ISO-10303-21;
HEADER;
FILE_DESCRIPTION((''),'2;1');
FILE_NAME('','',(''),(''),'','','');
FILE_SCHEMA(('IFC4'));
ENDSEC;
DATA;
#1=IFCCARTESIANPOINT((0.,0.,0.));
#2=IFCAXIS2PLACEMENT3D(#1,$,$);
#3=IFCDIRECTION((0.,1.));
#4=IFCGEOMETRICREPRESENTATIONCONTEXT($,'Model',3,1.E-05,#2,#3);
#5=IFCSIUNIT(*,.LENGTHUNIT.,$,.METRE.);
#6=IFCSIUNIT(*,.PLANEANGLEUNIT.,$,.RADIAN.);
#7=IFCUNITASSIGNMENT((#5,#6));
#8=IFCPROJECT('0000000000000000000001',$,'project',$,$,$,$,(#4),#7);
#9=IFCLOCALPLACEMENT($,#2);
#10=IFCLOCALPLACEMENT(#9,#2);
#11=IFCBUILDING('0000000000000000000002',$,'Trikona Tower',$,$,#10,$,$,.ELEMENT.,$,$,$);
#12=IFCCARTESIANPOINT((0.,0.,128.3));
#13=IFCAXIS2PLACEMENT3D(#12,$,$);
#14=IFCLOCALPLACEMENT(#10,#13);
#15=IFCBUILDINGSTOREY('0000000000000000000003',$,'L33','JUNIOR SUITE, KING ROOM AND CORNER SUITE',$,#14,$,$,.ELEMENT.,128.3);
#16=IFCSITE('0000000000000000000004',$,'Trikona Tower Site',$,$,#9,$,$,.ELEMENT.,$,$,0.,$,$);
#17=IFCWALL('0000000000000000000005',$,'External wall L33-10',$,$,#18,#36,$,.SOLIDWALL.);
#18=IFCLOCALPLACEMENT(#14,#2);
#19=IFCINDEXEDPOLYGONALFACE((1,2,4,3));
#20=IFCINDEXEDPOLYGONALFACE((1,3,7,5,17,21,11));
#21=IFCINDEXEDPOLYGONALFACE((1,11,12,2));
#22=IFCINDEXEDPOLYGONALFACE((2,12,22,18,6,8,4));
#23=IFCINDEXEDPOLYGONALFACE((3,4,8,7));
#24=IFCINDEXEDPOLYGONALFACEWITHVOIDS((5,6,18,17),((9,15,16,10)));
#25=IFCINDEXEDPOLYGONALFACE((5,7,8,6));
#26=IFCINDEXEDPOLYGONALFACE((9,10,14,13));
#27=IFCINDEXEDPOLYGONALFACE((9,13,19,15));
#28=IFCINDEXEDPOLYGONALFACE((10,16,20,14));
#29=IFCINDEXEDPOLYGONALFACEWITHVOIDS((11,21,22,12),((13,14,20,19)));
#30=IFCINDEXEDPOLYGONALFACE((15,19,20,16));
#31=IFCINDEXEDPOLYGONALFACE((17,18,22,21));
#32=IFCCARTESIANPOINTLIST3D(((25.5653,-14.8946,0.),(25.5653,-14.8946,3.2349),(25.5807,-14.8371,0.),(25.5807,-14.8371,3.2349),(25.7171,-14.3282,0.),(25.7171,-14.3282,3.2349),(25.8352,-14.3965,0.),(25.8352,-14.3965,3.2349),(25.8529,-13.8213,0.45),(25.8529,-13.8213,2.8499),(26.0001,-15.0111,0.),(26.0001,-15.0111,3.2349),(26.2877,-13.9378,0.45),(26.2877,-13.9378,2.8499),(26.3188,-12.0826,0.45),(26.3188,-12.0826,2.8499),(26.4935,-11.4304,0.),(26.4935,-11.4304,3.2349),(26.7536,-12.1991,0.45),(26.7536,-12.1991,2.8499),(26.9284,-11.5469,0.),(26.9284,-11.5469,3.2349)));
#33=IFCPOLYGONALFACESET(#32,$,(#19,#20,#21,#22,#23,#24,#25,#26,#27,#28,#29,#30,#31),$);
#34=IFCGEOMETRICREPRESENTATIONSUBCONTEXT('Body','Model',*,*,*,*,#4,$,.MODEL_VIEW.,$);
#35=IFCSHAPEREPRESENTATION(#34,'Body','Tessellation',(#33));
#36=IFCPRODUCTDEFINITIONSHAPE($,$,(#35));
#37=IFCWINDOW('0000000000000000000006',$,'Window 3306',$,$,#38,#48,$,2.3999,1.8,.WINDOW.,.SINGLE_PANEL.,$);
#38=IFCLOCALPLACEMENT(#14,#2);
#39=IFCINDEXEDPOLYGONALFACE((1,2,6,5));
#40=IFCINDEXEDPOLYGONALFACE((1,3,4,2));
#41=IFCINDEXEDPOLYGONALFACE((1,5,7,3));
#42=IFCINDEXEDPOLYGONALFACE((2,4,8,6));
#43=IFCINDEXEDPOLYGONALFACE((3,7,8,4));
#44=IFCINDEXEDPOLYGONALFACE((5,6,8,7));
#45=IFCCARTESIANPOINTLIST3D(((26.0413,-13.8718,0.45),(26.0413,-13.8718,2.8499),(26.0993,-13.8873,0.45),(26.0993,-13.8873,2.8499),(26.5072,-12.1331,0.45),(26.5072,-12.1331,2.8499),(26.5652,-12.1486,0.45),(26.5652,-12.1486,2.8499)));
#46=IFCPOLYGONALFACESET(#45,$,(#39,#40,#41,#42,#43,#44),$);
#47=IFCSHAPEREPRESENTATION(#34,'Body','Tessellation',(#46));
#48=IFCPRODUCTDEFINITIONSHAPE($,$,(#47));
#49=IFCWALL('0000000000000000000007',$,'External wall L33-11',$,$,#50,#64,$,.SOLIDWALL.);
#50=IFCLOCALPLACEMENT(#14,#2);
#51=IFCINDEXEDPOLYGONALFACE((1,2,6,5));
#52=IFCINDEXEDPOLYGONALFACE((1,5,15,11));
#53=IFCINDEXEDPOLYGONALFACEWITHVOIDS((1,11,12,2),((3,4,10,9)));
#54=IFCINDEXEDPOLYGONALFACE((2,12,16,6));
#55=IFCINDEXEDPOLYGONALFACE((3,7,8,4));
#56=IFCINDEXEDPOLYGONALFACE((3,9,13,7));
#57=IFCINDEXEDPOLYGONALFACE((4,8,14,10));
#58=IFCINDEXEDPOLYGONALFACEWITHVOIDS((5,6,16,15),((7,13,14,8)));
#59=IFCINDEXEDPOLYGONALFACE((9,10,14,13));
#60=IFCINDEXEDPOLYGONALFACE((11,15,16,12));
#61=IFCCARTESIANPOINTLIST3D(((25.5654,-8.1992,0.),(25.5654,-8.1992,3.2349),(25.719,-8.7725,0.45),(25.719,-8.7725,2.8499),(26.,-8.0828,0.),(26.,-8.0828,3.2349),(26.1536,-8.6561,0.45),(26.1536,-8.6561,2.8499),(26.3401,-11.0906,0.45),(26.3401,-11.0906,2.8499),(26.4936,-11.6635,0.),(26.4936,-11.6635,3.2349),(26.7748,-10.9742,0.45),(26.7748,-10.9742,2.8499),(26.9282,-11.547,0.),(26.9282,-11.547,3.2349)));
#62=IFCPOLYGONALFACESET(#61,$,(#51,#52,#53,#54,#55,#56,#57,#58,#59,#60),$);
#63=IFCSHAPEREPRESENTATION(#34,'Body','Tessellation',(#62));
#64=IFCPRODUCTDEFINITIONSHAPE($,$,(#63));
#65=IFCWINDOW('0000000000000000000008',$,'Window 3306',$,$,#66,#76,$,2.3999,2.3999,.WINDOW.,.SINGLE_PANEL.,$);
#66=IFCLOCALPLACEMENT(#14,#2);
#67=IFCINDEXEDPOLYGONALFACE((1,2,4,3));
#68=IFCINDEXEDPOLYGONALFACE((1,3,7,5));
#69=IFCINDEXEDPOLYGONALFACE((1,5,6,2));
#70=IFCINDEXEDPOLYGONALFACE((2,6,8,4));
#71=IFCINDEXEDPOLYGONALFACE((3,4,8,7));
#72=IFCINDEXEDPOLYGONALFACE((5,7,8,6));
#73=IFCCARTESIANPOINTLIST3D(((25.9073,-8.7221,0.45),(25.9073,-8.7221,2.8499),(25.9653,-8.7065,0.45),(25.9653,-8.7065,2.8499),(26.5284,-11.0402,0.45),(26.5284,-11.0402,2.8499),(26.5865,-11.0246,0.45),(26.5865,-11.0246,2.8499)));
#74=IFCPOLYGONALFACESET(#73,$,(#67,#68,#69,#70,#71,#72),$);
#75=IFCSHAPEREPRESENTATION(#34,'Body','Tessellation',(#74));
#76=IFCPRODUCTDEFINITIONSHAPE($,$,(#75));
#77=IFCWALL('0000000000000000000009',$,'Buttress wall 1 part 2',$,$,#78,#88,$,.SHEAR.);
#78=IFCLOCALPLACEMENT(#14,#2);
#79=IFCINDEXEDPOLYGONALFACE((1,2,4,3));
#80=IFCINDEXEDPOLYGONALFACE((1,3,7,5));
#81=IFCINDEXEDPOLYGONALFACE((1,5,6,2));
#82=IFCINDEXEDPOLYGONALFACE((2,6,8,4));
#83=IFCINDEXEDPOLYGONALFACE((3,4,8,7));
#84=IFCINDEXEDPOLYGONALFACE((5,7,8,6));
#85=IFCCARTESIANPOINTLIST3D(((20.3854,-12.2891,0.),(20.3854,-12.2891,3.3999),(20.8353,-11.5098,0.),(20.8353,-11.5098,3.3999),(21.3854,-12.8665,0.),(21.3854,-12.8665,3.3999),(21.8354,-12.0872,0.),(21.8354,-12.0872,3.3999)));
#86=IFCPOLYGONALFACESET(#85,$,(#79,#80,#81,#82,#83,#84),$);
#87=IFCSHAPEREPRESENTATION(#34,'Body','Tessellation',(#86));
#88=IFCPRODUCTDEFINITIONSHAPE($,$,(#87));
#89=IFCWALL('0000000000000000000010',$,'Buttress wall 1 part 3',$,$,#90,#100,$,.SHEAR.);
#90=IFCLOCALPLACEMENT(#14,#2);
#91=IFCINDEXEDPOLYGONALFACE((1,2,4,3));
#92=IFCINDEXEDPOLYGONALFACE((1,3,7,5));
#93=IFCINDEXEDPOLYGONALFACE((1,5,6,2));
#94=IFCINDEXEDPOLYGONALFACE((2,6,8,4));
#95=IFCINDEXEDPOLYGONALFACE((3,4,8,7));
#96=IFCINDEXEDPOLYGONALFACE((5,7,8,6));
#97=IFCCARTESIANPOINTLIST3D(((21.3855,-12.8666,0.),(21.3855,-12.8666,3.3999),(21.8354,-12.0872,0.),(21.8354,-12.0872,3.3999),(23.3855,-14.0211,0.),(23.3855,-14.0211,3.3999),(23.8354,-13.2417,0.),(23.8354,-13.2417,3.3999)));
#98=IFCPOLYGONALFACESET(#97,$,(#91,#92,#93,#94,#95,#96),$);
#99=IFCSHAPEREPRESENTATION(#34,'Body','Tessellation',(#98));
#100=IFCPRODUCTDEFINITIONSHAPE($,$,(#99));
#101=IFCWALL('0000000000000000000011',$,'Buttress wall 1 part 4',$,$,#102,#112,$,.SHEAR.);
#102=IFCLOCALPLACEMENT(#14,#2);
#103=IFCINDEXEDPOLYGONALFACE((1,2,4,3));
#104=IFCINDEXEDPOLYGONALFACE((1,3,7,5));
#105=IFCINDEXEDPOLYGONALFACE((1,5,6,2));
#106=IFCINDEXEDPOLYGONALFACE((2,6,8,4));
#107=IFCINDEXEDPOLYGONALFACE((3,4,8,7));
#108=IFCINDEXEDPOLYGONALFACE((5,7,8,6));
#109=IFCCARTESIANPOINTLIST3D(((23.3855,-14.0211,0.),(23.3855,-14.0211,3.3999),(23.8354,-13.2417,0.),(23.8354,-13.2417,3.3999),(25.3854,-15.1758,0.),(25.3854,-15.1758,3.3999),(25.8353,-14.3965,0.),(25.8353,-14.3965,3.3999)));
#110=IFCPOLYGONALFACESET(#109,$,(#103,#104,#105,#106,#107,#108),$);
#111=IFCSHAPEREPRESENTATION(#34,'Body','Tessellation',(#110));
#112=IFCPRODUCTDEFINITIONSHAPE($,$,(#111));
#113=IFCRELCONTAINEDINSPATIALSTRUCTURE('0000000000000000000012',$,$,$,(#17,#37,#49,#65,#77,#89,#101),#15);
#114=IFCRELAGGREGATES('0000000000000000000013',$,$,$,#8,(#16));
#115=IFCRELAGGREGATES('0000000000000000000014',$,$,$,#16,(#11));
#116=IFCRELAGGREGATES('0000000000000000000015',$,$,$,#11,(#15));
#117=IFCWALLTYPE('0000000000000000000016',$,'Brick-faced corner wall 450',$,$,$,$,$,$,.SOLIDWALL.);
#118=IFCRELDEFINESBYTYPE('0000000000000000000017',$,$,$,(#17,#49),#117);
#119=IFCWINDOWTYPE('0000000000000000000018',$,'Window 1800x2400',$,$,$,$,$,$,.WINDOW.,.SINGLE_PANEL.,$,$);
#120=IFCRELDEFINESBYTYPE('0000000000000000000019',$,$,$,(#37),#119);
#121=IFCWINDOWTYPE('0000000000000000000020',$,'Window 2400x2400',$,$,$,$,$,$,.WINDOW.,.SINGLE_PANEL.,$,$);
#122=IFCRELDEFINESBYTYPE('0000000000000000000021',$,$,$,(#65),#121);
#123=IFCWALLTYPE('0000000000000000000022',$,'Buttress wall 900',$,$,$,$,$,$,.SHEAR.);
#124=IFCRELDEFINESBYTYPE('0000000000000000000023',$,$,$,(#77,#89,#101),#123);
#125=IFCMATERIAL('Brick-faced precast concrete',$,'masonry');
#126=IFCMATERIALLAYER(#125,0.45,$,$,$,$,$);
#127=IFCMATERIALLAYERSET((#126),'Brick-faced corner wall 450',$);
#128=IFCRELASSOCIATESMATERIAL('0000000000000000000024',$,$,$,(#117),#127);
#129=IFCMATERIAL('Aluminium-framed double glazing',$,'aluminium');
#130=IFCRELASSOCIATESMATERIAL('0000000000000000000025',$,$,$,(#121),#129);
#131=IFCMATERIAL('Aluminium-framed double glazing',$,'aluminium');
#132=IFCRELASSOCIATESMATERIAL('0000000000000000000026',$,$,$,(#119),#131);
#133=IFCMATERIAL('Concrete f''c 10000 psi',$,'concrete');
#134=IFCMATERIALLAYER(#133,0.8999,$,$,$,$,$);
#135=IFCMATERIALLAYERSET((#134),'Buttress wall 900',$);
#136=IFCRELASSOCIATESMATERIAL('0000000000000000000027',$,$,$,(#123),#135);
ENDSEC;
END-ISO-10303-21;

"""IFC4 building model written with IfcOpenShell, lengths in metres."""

from ifc_helpers import new_model, si_unit, direction, frame, frame_2d, origin, place, context, subcontext, project, spatial, polyline, rectangle, outline, extrude, material, layer, layer_set, type_object, element, fill, save


model = new_model("IFC4")

# Units and contexts
model_context = context("Model", 3, precision=1e-05, world=origin(), true_north=direction((0.0, 1.0)))
body_context = subcontext(model_context, "Body", "Model", "MODEL_VIEW")
ifc_project = project(units=[si_unit("LENGTHUNIT", "METRE"), si_unit("PLANEANGLEUNIT", "RADIAN")], contexts=[model_context])

# Site, building, storey
site_placement = place(None, origin())
site = spatial("IfcSite", under=ifc_project, at=site_placement, Name="Trikona Tower Site", CompositionType="ELEMENT", RefElevation=0.0)
building_placement = place(site_placement, origin())
building = spatial("IfcBuilding", under=site, at=building_placement, Name="Trikona Tower", CompositionType="ELEMENT")
storey_placement = place(building_placement, frame((0.0, 0.0, 128.3)))
storey = spatial("IfcBuildingStorey", under=building, at=storey_placement, Name="L33", Description="JUNIOR SUITE, KING ROOM AND CORNER SUITE", CompositionType="ELEMENT", Elevation=128.3)

# Walls, openings, windows
ifc_material_1 = material(Name="Brick-faced precast concrete", Category="masonry")
ifc_layer_1 = layer(ifc_material_1, 0.45)
ifc_layer_set_1 = layer_set([ifc_layer_1], Name="Brick-faced corner wall 450")
wall_type_1 = type_object("IfcWallType", Name="Brick-faced corner wall 450", PredefinedType="SOLIDWALL", material=ifc_layer_set_1)
ifc_material_2 = material(Name="Aluminium-framed double glazing", Category="aluminium")
window_type_1 = type_object("IfcWindowType", Name="Window 2400x2400", PartitioningType="SINGLE_PANEL", PredefinedType="WINDOW", material=ifc_material_2)
ifc_material_3 = material(Name="Aluminium-framed double glazing", Category="aluminium")
window_type_2 = type_object("IfcWindowType", Name="Window 1800x2400", PartitioningType="SINGLE_PANEL", PredefinedType="WINDOW", material=ifc_material_3)
wall_1_placement = place(storey_placement, frame((25.7827, -14.9529, 0.0), z_axis=(0.0, 0.0, 1.0), x_axis=(0.258823, 0.965925, 0.0)))
wall_1 = element("IfcWall", 1, at=wall_1_placement, inside=storey, type_object=wall_type_1, Name="External wall L33-10", PredefinedType="SOLIDWALL", context=body_context, shape_type="SweptSolid", body=[
    extrude(outline(polyline([(3.5864, 0.2251), (0.5864, 0.2251), (0.551, 0.0933), (0.0596, 0.2251), (0.0, 0.2251), (0.0, -0.2251), (3.5864, -0.2251), (3.5864, 0.2251)])), origin(), (0.0, 0.0, 1.0), 3.2349),
])
opening_1_placement = place(wall_1_placement, frame((1.1113, 0.0, 0.45)))
opening_1 = element("IfcOpeningElement", 2, at=opening_1_placement, cuts=wall_1, PredefinedType="OPENING", context=body_context, shape_type="SweptSolid", body=[
    extrude(rectangle(XDim=1.8, YDim=2.3999, at=frame_2d((0.8999, 1.2))), frame((0.0, 0.2349, 0.0), z_axis=(0.0, -1.0, 0.0), x_axis=(1.0, 0.0, 0.0)), (0.0, 0.0, 1.0), 0.47),
])
window_1_placement = place(opening_1_placement, origin())
window_1 = element("IfcWindow", 3, at=window_1_placement, inside=storey, type_object=window_type_2, Name="Window 3306", OverallHeight=2.3999, OverallWidth=1.8, PartitioningType="SINGLE_PANEL", PredefinedType="WINDOW", context=body_context, shape_type="SweptSolid", body=[
    extrude(rectangle(XDim=1.8, YDim=2.3999, at=frame_2d((0.8999, 1.2))), frame((0.0, 0.03, 0.0), z_axis=(0.0, -1.0, 0.0), x_axis=(1.0, 0.0, 0.0)), (0.0, 0.0, 1.0), 0.0601),
])
fill(opening_1, window_1)
wall_2_placement = place(storey_placement, frame((26.7109, -11.6052, 0.0), z_axis=(0.0, 0.0, 1.0), x_axis=(-0.258823, 0.965925, 0.0)))
wall_2 = element("IfcWall", 4, at=wall_2_placement, inside=storey, type_object=wall_type_1, Name="External wall L33-11", PredefinedType="SOLIDWALL", context=body_context, shape_type="SweptSolid", body=[
    extrude(rectangle(XDim=3.5864, YDim=0.45, at=frame_2d((1.7932, 0.0))), origin(), (0.0, 0.0, 1.0), 3.2349),
])
opening_2_placement = place(wall_2_placement, frame((0.593, 0.0, 0.45)))
opening_2 = element("IfcOpeningElement", 5, at=opening_2_placement, cuts=wall_2, PredefinedType="OPENING", context=body_context, shape_type="SweptSolid", body=[
    extrude(rectangle(XDim=2.3999, YDim=2.3999, at=frame_2d((1.2, 1.2))), frame((0.0, 0.2349, 0.0), z_axis=(0.0, -1.0, 0.0), x_axis=(1.0, 0.0, 0.0)), (0.0, 0.0, 1.0), 0.47),
])
window_2_placement = place(opening_2_placement, origin())
window_2 = element("IfcWindow", 6, at=window_2_placement, inside=storey, type_object=window_type_1, Name="Window 3306", OverallHeight=2.3999, OverallWidth=2.3999, PartitioningType="SINGLE_PANEL", PredefinedType="WINDOW", context=body_context, shape_type="SweptSolid", body=[
    extrude(rectangle(XDim=2.3999, YDim=2.3999, at=frame_2d((1.2, 1.2))), frame((0.0, 0.03, 0.0), z_axis=(0.0, -1.0, 0.0), x_axis=(1.0, 0.0, 0.0)), (0.0, 0.0, 1.0), 0.0601),
])
fill(opening_2, window_2)

# Walls
ifc_material_4 = material(Name="Concrete f'c 10000 psi", Category="concrete")
ifc_layer_2 = layer(ifc_material_4, 0.8999)
ifc_layer_set_2 = layer_set([ifc_layer_2], Name="Buttress wall 900")
wall_type_2 = type_object("IfcWallType", Name="Buttress wall 900", PredefinedType="SHEAR", material=ifc_layer_set_2)
wall_3_placement = place(storey_placement, frame((20.6104, -11.8994, 0.0), z_axis=(0.0, 0.0, 1.0), x_axis=(0.86601, -0.500027, 0.0)))
element("IfcWall", 7, at=wall_3_placement, inside=storey, type_object=wall_type_2, Name="Buttress wall 1 part 2", PredefinedType="SHEAR", context=body_context, shape_type="SweptSolid", body=[
    extrude(rectangle(XDim=1.1548, YDim=0.8999, at=frame_2d((0.5774, 0.0))), origin(), (0.0, 0.0, 1.0), 3.3999),
])
for number, where, z_axis, x_axis, name in (
    (8, (21.6104, -12.4768, 0.0), (0.0, 0.0, 1.0), (0.866055, -0.499948, 0.0), "Buttress wall 1 part 3"),
    (9, (23.6104, -13.6313, 0.0), (0.0, 0.0, 1.0), (0.86601, -0.500027, 0.0), "Buttress wall 1 part 4"),
):
    element("IfcWall", number, at=place(storey_placement, frame(where, z_axis=z_axis, x_axis=x_axis)), inside=storey, type_object=wall_type_2, Name=name, PredefinedType="SHEAR", context=body_context, shape_type="SweptSolid", body=[
        extrude(rectangle(XDim=2.3093, YDim=0.8999, at=frame_2d((1.1548, 0.0))), origin(), (0.0, 0.0, 1.0), 3.3999),
    ])

save(model, "model.ifc")
